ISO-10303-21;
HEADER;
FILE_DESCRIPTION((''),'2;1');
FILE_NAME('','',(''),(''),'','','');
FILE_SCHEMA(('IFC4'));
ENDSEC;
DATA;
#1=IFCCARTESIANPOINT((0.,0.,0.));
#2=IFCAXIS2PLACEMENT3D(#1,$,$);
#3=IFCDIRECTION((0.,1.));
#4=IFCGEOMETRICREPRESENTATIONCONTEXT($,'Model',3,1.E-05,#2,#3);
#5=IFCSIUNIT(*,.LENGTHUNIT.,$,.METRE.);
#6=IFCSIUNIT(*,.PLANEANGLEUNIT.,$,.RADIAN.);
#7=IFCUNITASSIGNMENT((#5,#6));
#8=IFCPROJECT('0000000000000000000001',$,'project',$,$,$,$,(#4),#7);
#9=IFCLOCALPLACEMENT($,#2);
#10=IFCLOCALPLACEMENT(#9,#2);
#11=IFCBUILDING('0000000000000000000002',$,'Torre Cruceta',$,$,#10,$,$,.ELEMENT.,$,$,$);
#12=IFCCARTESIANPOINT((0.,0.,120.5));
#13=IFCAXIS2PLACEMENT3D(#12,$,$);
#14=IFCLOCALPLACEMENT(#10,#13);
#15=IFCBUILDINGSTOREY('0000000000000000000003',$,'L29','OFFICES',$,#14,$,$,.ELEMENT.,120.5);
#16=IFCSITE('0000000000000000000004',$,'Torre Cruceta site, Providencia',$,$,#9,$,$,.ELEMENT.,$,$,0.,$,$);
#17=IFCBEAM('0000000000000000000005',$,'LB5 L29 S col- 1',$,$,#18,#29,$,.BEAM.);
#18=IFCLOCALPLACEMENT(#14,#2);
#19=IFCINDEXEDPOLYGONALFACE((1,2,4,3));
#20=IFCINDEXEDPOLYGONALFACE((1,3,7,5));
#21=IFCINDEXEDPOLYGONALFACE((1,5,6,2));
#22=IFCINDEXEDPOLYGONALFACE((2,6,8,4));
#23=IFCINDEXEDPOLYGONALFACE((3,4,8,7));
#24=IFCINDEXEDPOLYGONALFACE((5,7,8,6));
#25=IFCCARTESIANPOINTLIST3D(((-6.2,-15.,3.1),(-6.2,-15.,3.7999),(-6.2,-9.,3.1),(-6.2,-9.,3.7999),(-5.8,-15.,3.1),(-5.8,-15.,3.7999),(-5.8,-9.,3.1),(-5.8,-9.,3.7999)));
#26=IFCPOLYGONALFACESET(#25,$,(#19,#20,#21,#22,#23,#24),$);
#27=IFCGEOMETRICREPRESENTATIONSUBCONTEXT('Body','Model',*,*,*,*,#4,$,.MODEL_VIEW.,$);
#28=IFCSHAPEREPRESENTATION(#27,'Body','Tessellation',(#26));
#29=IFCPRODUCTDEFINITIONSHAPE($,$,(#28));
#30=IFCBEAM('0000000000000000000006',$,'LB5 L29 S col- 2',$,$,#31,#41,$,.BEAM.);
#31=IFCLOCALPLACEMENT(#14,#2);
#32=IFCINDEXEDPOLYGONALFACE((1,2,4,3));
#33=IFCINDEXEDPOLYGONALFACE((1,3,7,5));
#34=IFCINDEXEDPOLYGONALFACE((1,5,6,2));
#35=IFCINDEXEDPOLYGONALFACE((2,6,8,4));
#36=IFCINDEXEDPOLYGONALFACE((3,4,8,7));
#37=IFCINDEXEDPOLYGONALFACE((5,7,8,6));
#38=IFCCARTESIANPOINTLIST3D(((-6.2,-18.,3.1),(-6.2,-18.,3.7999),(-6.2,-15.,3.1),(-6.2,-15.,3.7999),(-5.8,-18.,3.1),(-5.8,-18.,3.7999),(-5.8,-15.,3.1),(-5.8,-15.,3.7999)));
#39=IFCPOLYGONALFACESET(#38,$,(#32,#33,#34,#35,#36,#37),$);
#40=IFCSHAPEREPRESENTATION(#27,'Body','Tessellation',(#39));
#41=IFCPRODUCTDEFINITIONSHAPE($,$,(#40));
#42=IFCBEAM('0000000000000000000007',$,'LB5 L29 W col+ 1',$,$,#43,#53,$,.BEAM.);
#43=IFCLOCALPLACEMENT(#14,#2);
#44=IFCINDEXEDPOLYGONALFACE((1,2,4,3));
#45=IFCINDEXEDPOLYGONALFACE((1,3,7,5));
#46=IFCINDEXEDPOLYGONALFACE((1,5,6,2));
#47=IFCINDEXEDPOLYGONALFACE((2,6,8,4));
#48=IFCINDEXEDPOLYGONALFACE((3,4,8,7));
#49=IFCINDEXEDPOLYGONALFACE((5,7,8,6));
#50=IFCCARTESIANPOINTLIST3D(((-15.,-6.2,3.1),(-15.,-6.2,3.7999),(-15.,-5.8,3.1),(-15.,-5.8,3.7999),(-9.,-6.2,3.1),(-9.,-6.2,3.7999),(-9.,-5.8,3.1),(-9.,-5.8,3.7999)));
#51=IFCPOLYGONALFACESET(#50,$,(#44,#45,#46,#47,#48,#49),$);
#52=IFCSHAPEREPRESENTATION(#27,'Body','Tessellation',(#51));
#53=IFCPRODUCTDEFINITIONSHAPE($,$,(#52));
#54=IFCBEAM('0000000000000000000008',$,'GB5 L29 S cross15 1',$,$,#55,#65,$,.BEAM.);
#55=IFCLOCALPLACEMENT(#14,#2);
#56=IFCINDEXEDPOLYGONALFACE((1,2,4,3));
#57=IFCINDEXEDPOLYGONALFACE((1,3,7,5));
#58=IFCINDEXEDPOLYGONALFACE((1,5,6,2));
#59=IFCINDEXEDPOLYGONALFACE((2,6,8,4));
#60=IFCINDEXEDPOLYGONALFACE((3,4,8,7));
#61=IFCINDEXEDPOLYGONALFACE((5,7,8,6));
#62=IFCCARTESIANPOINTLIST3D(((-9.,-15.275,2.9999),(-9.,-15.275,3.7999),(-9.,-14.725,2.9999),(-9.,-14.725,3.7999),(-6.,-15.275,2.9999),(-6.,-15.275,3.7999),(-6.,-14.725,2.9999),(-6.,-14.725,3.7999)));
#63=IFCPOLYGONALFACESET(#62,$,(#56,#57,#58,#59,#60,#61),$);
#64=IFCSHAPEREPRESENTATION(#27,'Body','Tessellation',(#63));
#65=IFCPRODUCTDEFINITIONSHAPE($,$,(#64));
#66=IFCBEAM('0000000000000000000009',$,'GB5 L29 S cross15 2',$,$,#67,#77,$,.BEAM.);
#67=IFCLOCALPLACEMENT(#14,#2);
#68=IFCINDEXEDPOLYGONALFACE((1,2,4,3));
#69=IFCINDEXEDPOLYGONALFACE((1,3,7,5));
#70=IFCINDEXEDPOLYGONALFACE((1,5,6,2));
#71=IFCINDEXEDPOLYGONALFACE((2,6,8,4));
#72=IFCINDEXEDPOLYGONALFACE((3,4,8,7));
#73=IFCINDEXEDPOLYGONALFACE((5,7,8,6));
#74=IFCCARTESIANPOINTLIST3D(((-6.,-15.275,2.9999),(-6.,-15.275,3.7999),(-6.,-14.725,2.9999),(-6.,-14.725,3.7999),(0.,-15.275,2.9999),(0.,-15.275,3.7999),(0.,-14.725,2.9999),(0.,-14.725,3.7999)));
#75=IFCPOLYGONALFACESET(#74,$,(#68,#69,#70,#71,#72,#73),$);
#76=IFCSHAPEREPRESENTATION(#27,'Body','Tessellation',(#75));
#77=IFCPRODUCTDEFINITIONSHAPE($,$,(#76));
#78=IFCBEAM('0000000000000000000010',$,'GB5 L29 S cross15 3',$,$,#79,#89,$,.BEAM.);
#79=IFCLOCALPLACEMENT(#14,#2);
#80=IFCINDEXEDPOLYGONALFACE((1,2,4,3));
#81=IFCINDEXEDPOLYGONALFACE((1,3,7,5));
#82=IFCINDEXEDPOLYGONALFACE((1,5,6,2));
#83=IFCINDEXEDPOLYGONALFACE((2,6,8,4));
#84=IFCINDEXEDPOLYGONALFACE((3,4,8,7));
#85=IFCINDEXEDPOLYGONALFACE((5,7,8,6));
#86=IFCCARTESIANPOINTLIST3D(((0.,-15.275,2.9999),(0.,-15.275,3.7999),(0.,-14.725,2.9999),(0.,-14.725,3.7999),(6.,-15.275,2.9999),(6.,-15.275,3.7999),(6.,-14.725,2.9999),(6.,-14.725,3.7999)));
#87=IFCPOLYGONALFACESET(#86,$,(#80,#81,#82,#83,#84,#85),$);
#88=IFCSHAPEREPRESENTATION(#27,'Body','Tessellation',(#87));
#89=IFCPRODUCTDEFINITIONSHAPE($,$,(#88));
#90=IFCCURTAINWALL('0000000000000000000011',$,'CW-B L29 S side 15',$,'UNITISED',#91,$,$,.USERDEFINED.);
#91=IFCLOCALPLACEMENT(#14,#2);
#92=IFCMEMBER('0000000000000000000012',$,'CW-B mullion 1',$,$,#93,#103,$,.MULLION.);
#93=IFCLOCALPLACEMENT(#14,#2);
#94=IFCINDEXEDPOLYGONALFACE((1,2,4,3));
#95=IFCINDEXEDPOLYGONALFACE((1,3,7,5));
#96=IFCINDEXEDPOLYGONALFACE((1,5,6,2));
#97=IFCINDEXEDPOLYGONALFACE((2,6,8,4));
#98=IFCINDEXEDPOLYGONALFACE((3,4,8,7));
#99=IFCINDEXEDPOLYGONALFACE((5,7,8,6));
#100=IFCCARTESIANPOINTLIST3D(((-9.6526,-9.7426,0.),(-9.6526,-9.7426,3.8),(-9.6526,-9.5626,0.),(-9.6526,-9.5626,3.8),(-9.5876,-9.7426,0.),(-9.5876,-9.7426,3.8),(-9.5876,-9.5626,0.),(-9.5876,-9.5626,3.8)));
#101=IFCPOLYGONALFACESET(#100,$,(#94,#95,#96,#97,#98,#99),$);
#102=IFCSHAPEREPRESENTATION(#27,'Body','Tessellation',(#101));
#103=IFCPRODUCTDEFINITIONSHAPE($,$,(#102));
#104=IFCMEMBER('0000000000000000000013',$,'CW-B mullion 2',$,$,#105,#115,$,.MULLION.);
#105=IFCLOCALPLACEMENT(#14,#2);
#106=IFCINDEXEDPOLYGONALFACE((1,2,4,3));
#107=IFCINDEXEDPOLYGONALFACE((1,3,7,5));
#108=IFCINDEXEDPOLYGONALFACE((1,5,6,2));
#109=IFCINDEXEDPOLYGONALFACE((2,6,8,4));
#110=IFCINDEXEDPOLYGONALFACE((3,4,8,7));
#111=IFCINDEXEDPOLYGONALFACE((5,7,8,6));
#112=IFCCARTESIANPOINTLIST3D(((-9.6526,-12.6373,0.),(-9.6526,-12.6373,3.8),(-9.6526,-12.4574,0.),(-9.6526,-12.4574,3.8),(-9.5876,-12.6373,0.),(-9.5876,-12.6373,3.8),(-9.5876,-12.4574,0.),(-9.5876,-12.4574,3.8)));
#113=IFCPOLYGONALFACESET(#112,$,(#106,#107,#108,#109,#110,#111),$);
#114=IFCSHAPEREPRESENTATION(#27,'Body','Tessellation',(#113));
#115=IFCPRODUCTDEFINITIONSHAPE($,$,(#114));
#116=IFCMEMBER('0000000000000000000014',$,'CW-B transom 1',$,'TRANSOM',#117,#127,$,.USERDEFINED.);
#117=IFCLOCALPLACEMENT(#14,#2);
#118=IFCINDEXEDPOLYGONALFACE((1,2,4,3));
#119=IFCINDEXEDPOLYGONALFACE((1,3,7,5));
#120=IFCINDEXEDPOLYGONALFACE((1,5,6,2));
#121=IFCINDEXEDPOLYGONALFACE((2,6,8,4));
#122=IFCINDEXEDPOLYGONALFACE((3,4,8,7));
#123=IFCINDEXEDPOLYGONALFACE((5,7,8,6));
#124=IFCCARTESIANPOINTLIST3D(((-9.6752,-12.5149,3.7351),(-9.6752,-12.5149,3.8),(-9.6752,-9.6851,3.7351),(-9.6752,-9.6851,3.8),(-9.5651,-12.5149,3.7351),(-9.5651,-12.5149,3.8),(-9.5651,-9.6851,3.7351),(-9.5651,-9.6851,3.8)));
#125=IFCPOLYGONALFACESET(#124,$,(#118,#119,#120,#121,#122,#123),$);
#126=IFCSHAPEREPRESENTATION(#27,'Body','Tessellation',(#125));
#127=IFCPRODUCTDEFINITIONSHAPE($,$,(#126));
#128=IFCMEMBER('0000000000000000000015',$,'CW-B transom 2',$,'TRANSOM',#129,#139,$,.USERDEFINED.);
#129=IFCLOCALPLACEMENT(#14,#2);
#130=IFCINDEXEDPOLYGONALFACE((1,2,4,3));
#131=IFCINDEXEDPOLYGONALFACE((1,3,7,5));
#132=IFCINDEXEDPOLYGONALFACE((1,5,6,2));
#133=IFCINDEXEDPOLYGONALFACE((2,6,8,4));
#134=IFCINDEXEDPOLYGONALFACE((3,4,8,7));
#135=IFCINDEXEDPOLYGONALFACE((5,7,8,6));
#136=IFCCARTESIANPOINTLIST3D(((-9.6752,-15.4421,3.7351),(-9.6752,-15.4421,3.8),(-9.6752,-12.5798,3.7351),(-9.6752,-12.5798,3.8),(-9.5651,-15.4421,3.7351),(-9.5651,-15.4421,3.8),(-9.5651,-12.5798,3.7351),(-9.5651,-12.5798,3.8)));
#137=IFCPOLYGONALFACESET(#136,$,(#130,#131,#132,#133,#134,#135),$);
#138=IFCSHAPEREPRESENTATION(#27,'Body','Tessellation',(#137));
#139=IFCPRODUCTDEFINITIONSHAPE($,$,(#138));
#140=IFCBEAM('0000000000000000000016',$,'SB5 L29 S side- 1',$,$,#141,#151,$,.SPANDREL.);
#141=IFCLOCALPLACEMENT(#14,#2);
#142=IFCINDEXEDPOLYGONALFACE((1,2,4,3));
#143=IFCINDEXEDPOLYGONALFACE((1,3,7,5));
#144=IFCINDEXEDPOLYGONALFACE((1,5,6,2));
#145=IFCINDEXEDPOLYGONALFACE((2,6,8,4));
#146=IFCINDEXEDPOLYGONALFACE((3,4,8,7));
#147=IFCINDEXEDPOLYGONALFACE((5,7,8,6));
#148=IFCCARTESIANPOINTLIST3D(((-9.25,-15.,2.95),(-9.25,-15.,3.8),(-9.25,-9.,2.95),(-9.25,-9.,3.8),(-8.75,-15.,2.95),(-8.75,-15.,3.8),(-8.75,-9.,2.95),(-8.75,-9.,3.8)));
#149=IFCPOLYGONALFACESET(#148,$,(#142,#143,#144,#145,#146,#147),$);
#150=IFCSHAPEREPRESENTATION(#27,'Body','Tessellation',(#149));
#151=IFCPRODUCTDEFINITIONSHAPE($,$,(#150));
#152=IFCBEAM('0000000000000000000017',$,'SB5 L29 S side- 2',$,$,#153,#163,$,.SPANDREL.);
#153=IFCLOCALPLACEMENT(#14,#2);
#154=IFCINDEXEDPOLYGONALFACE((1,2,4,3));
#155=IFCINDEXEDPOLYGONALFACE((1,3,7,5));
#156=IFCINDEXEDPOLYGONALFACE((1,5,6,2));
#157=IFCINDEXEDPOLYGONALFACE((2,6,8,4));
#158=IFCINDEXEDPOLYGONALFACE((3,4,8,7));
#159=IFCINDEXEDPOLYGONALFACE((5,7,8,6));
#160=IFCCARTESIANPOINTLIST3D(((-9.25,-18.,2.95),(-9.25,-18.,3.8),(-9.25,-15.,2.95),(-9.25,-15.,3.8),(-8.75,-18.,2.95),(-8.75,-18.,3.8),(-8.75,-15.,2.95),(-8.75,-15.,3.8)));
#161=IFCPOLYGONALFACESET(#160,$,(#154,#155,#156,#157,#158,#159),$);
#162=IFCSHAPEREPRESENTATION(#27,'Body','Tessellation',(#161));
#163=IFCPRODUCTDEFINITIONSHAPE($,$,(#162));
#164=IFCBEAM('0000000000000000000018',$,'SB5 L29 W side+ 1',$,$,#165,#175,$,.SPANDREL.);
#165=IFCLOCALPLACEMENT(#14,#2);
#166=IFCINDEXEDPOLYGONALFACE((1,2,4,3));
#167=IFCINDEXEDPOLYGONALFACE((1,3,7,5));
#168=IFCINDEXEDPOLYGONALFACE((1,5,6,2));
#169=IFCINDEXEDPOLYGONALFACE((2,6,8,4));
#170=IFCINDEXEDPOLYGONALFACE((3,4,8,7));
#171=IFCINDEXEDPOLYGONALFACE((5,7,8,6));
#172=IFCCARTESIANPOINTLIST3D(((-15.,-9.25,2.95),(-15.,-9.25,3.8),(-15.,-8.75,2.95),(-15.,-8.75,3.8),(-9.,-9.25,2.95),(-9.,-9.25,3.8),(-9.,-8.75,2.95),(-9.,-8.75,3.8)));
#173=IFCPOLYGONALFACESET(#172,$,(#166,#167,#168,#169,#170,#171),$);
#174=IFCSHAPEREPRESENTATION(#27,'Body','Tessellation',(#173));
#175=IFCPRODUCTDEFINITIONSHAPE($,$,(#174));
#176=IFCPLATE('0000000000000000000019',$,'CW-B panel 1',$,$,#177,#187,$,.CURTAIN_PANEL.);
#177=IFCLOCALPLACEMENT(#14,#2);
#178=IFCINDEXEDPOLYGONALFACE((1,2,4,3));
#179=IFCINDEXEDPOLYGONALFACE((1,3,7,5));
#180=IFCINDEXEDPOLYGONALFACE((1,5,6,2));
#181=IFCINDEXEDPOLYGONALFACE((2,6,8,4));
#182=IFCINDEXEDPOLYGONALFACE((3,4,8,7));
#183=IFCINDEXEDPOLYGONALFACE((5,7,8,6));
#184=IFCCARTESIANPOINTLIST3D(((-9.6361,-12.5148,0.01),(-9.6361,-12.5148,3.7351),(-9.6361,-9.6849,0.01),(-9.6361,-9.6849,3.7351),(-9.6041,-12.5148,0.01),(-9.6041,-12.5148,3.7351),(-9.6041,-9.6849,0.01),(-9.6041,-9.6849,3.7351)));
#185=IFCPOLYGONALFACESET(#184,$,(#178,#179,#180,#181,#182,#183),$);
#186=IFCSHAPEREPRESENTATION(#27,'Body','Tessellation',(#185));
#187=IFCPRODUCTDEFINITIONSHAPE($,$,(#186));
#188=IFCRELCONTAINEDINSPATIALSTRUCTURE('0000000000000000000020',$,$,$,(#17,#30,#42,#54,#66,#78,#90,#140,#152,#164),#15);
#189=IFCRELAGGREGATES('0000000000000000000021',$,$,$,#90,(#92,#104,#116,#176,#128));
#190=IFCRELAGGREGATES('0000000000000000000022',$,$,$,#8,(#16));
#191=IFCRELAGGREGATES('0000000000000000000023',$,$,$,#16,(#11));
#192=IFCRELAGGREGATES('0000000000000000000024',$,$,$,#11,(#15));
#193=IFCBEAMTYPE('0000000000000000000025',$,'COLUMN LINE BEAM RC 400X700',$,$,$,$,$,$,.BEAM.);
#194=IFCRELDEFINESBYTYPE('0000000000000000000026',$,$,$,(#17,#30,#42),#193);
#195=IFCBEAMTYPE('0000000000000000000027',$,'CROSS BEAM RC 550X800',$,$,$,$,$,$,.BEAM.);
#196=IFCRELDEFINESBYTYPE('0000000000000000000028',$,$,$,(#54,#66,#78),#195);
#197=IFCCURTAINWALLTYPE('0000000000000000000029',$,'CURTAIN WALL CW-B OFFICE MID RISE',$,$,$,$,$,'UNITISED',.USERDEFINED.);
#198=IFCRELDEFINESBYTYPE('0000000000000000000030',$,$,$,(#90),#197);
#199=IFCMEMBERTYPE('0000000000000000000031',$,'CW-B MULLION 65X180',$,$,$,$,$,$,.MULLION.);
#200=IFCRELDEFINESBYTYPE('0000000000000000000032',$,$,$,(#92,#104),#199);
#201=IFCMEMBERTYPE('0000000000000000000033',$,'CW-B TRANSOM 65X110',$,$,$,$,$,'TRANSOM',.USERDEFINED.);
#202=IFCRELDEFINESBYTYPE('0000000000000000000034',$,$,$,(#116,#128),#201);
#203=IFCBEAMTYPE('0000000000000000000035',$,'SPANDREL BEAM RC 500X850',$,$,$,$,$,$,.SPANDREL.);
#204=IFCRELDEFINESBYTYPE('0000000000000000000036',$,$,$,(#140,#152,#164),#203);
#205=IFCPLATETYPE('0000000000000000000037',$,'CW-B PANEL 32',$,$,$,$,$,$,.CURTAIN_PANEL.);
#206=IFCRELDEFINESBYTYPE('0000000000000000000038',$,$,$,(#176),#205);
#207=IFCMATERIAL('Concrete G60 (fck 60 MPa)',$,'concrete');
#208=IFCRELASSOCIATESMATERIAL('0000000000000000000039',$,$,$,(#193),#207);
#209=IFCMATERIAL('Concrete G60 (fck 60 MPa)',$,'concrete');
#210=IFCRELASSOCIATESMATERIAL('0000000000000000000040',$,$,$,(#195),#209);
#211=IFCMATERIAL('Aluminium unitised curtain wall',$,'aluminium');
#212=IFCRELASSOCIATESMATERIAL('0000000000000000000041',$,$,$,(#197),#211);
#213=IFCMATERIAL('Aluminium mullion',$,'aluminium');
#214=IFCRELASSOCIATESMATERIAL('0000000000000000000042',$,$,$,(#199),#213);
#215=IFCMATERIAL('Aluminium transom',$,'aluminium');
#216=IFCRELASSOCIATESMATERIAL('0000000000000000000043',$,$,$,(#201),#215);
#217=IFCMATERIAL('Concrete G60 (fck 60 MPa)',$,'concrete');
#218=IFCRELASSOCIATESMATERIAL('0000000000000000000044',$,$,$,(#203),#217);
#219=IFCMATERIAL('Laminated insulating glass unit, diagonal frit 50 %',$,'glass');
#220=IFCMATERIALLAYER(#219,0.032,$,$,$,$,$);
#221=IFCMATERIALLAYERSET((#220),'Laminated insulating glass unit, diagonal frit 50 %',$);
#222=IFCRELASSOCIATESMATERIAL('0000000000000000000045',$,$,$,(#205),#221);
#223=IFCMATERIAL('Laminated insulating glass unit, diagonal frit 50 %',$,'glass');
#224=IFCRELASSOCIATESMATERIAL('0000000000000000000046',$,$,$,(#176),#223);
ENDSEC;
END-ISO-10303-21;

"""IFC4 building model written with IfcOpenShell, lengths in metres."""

from ifc_helpers import new_model, si_unit, direction, frame, origin, origin_2d, place, context, subcontext, project, spatial, rectangle, extrude, material, layer, layer_set, material_profile, profile_set, type_object, element, aggregate, save


model = new_model("IFC4")

# Units and contexts
model_context = context("Model", 3, precision=1e-05, world=origin(), true_north=direction((0.0, 1.0)))
body_context = subcontext(model_context, "Body", "Model", "MODEL_VIEW")
ifc_project = project(units=[si_unit("LENGTHUNIT", "METRE"), si_unit("PLANEANGLEUNIT", "RADIAN")], contexts=[model_context])

# Site, building, storey
site_placement = place(None, origin())
site = spatial("IfcSite", under=ifc_project, at=site_placement, Name="Torre Cruceta site, Providencia", CompositionType="ELEMENT", RefElevation=0.0)
building_placement = place(site_placement, origin())
building = spatial("IfcBuilding", under=site, at=building_placement, Name="Torre Cruceta", CompositionType="ELEMENT")
storey_placement = place(building_placement, frame((0.0, 0.0, 120.5)))
storey = spatial("IfcBuildingStorey", under=building, at=storey_placement, Name="L29", Description="OFFICES", CompositionType="ELEMENT", Elevation=120.5)

# Beams
ifc_material_1 = material(Name="Concrete G60 (fck 60 MPa)", Category="concrete")
ifc_material_profile_1 = material_profile(ifc_material_1, rectangle(XDim=0.3999, YDim=0.7, at=origin_2d()), Name="RC 400X700")
ifc_profile_set_1 = profile_set([ifc_material_profile_1], Name="Concrete G60 (fck 60 MPa)")
beam_type_1 = type_object("IfcBeamType", Name="COLUMN LINE BEAM RC 400X700", PredefinedType="BEAM", material=ifc_profile_set_1)
beam_1_placement = place(storey_placement, frame((-6.0, -9.0, 3.45), z_axis=(0.0, -1.0, 0.0), x_axis=(1.0, 0.0, 0.0)))
element("IfcBeam", 1, at=beam_1_placement, inside=storey, type_object=beam_type_1, Name="LB5 L29 S col- 1", PredefinedType="BEAM", context=body_context, shape_type="SweptSolid", body=[
    extrude(rectangle(XDim=0.3999, YDim=0.7, at=origin_2d()), origin(), (0.0, 0.0, 1.0), 6.0),
])
beam_2_placement = place(storey_placement, frame((-6.0, -15.0, 3.45), z_axis=(0.0, -1.0, 0.0), x_axis=(1.0, 0.0, 0.0)))
element("IfcBeam", 2, at=beam_2_placement, inside=storey, type_object=beam_type_1, Name="LB5 L29 S col- 2", PredefinedType="BEAM", context=body_context, shape_type="SweptSolid", body=[
    extrude(rectangle(XDim=0.3999, YDim=0.7, at=origin_2d()), origin(), (0.0, 0.0, 1.0), 3.0),
])
beam_3_placement = place(storey_placement, frame((-9.0, -6.0, 3.45), z_axis=(-1.0, 0.0, 0.0), x_axis=(0.0, -1.0, 0.0)))
element("IfcBeam", 3, at=beam_3_placement, inside=storey, type_object=beam_type_1, Name="LB5 L29 W col+ 1", PredefinedType="BEAM", context=body_context, shape_type="SweptSolid", body=[
    extrude(rectangle(XDim=0.3999, YDim=0.7, at=origin_2d()), origin(), (0.0, 0.0, 1.0), 6.0),
])
ifc_material_2 = material(Name="Concrete G60 (fck 60 MPa)", Category="concrete")
ifc_material_profile_2 = material_profile(ifc_material_2, rectangle(XDim=0.55, YDim=0.8, at=origin_2d()), Name="RC 550X800")
ifc_profile_set_2 = profile_set([ifc_material_profile_2], Name="Concrete G60 (fck 60 MPa)")
beam_type_2 = type_object("IfcBeamType", Name="CROSS BEAM RC 550X800", PredefinedType="BEAM", material=ifc_profile_set_2)
beam_4_placement = place(storey_placement, frame((-9.0, -15.0, 3.3999), z_axis=(1.0, 0.0, 0.0), x_axis=(0.0, 1.0, 0.0)))
element("IfcBeam", 4, at=beam_4_placement, inside=storey, type_object=beam_type_2, Name="GB5 L29 S cross15 1", PredefinedType="BEAM", context=body_context, shape_type="SweptSolid", body=[
    extrude(rectangle(XDim=0.55, YDim=0.8, at=origin_2d()), origin(), (0.0, 0.0, 1.0), 3.0),
])
for number, where, z_axis, x_axis, name in (
    (5, (-6.0, -15.0, 3.3999), (1.0, 0.0, 0.0), (0.0, 1.0, 0.0), "GB5 L29 S cross15 2"),
    (6, (0.0, -15.0, 3.3999), (1.0, 0.0, 0.0), (0.0, 1.0, 0.0), "GB5 L29 S cross15 3"),
):
    element("IfcBeam", number, at=place(storey_placement, frame(where, z_axis=z_axis, x_axis=x_axis)), inside=storey, type_object=beam_type_2, Name=name, PredefinedType="BEAM", context=body_context, shape_type="SweptSolid", body=[
        extrude(rectangle(XDim=0.55, YDim=0.8, at=origin_2d()), origin(), (0.0, 0.0, 1.0), 6.0),
    ])

# Curtain wall, members
ifc_material_3 = material(Name="Aluminium unitised curtain wall", Category="aluminium")
curtain_wall_type = type_object("IfcCurtainWallType", Name="CURTAIN WALL CW-B OFFICE MID RISE", ElementType="UNITISED", PredefinedType="USERDEFINED", material=ifc_material_3)
curtain_wall_placement = place(storey_placement, origin())
curtain_wall = element("IfcCurtainWall", 7, at=curtain_wall_placement, inside=storey, type_object=curtain_wall_type, Name="CW-B L29 S side 15", ObjectType="UNITISED", PredefinedType="USERDEFINED")
ifc_material_4 = material(Name="Aluminium mullion", Category="aluminium")
ifc_material_profile_3 = material_profile(ifc_material_4, rectangle(XDim=0.0649, YDim=0.1799, at=origin_2d()), Name="AL 65X180")
ifc_profile_set_3 = profile_set([ifc_material_profile_3], Name="Aluminium mullion")
member_type_1 = type_object("IfcMemberType", Name="CW-B MULLION 65X180", PredefinedType="MULLION", material=ifc_profile_set_3)
member_1_placement = place(storey_placement, frame((-9.6201, -9.6526, 0.0), z_axis=(0.0, 0.0, 1.0), x_axis=(1.0, 0.0, 0.0)))
member_1 = element("IfcMember", 8, at=member_1_placement, type_object=member_type_1, Name="CW-B mullion 1", PredefinedType="MULLION", context=body_context, shape_type="SweptSolid", body=[
    extrude(rectangle(XDim=0.0649, YDim=0.1799, at=origin_2d()), origin(), (0.0, 0.0, 1.0), 3.8),
])
member_2_placement = place(storey_placement, frame((-9.6201, -12.5474, 0.0), z_axis=(0.0, 0.0, 1.0), x_axis=(1.0, 0.0, 0.0)))
member_2 = element("IfcMember", 9, at=member_2_placement, type_object=member_type_1, Name="CW-B mullion 2", PredefinedType="MULLION", context=body_context, shape_type="SweptSolid", body=[
    extrude(rectangle(XDim=0.0649, YDim=0.1799, at=origin_2d()), origin(), (0.0, 0.0, 1.0), 3.8),
])
ifc_material_5 = material(Name="Aluminium transom", Category="aluminium")
ifc_material_profile_4 = material_profile(ifc_material_5, rectangle(XDim=0.1101, YDim=0.0649, at=origin_2d()), Name="AL 110X65")
ifc_profile_set_4 = profile_set([ifc_material_profile_4], Name="Aluminium transom")
member_type_2 = type_object("IfcMemberType", Name="CW-B TRANSOM 65X110", ElementType="TRANSOM", PredefinedType="USERDEFINED", material=ifc_profile_set_4)
member_3_placement = place(storey_placement, frame((-9.6201, -9.6851, 3.7676), z_axis=(0.0, -1.0, 0.0), x_axis=(1.0, 0.0, 0.0)))
member_3 = element("IfcMember", 10, at=member_3_placement, type_object=member_type_2, Name="CW-B transom 1", ObjectType="TRANSOM", PredefinedType="USERDEFINED", context=body_context, shape_type="SweptSolid", body=[
    extrude(rectangle(XDim=0.1101, YDim=0.0649, at=origin_2d()), origin(), (0.0, 0.0, 1.0), 2.8298),
])
member_4_placement = place(storey_placement, frame((-9.6201, -12.5798, 3.7676), z_axis=(0.0, -1.0, 0.0), x_axis=(1.0, 0.0, 0.0)))
member_4 = element("IfcMember", 11, at=member_4_placement, type_object=member_type_2, Name="CW-B transom 2", ObjectType="TRANSOM", PredefinedType="USERDEFINED", context=body_context, shape_type="SweptSolid", body=[
    extrude(rectangle(XDim=0.1101, YDim=0.0649, at=origin_2d()), origin(), (0.0, 0.0, 1.0), 2.8623),
])

# Beams
ifc_material_6 = material(Name="Concrete G60 (fck 60 MPa)", Category="concrete")
ifc_material_profile_5 = material_profile(ifc_material_6, rectangle(XDim=0.5, YDim=0.8501, at=origin_2d()), Name="RC 500X850")
ifc_profile_set_5 = profile_set([ifc_material_profile_5], Name="Concrete G60 (fck 60 MPa)")
beam_type_3 = type_object("IfcBeamType", Name="SPANDREL BEAM RC 500X850", PredefinedType="SPANDREL", material=ifc_profile_set_5)
beam_5_placement = place(storey_placement, frame((-9.0, -9.0, 3.375), z_axis=(0.0, -1.0, 0.0), x_axis=(1.0, 0.0, 0.0)))
element("IfcBeam", 12, at=beam_5_placement, inside=storey, type_object=beam_type_3, Name="SB5 L29 S side- 1", PredefinedType="SPANDREL", context=body_context, shape_type="SweptSolid", body=[
    extrude(rectangle(XDim=0.5, YDim=0.8501, at=origin_2d()), origin(), (0.0, 0.0, 1.0), 6.0),
])
beam_6_placement = place(storey_placement, frame((-9.0, -15.0, 3.375), z_axis=(0.0, -1.0, 0.0), x_axis=(1.0, 0.0, 0.0)))
element("IfcBeam", 13, at=beam_6_placement, inside=storey, type_object=beam_type_3, Name="SB5 L29 S side- 2", PredefinedType="SPANDREL", context=body_context, shape_type="SweptSolid", body=[
    extrude(rectangle(XDim=0.5, YDim=0.8501, at=origin_2d()), origin(), (0.0, 0.0, 1.0), 3.0),
])
beam_7_placement = place(storey_placement, frame((-9.0, -9.0, 3.375), z_axis=(-1.0, 0.0, 0.0), x_axis=(0.0, -1.0, 0.0)))
element("IfcBeam", 14, at=beam_7_placement, inside=storey, type_object=beam_type_3, Name="SB5 L29 W side+ 1", PredefinedType="SPANDREL", context=body_context, shape_type="SweptSolid", body=[
    extrude(rectangle(XDim=0.5, YDim=0.8501, at=origin_2d()), origin(), (0.0, 0.0, 1.0), 6.0),
])

# Plate
ifc_material_7 = material(Name="Laminated insulating glass unit, diagonal frit 50 %", Category="glass")
ifc_material_8 = material(Name="Laminated insulating glass unit, diagonal frit 50 %", Category="glass")
ifc_layer_1 = layer(ifc_material_8, 0.032)
ifc_layer_set_1 = layer_set([ifc_layer_1], Name="Laminated insulating glass unit, diagonal frit 50 %")
plate_type = type_object("IfcPlateType", Name="CW-B PANEL 32", PredefinedType="CURTAIN_PANEL", material=ifc_layer_set_1)
plate_placement = place(storey_placement, frame((-9.6201, -11.0999, 0.01), z_axis=(0.0, 0.0, 1.0), x_axis=(0.0, -1.0, 0.0)))
plate = element("IfcPlate", 15, at=plate_placement, type_object=plate_type, material=ifc_material_7, Name="CW-B panel 1", PredefinedType="CURTAIN_PANEL", context=body_context, shape_type="SweptSolid", body=[
    extrude(rectangle(XDim=2.8298, YDim=0.032, at=origin_2d()), origin(), (0.0, 0.0, 1.0), 3.7251),
])
aggregate(curtain_wall, [member_1, member_2, member_3, plate, member_4])

save(model, "model.ifc")
